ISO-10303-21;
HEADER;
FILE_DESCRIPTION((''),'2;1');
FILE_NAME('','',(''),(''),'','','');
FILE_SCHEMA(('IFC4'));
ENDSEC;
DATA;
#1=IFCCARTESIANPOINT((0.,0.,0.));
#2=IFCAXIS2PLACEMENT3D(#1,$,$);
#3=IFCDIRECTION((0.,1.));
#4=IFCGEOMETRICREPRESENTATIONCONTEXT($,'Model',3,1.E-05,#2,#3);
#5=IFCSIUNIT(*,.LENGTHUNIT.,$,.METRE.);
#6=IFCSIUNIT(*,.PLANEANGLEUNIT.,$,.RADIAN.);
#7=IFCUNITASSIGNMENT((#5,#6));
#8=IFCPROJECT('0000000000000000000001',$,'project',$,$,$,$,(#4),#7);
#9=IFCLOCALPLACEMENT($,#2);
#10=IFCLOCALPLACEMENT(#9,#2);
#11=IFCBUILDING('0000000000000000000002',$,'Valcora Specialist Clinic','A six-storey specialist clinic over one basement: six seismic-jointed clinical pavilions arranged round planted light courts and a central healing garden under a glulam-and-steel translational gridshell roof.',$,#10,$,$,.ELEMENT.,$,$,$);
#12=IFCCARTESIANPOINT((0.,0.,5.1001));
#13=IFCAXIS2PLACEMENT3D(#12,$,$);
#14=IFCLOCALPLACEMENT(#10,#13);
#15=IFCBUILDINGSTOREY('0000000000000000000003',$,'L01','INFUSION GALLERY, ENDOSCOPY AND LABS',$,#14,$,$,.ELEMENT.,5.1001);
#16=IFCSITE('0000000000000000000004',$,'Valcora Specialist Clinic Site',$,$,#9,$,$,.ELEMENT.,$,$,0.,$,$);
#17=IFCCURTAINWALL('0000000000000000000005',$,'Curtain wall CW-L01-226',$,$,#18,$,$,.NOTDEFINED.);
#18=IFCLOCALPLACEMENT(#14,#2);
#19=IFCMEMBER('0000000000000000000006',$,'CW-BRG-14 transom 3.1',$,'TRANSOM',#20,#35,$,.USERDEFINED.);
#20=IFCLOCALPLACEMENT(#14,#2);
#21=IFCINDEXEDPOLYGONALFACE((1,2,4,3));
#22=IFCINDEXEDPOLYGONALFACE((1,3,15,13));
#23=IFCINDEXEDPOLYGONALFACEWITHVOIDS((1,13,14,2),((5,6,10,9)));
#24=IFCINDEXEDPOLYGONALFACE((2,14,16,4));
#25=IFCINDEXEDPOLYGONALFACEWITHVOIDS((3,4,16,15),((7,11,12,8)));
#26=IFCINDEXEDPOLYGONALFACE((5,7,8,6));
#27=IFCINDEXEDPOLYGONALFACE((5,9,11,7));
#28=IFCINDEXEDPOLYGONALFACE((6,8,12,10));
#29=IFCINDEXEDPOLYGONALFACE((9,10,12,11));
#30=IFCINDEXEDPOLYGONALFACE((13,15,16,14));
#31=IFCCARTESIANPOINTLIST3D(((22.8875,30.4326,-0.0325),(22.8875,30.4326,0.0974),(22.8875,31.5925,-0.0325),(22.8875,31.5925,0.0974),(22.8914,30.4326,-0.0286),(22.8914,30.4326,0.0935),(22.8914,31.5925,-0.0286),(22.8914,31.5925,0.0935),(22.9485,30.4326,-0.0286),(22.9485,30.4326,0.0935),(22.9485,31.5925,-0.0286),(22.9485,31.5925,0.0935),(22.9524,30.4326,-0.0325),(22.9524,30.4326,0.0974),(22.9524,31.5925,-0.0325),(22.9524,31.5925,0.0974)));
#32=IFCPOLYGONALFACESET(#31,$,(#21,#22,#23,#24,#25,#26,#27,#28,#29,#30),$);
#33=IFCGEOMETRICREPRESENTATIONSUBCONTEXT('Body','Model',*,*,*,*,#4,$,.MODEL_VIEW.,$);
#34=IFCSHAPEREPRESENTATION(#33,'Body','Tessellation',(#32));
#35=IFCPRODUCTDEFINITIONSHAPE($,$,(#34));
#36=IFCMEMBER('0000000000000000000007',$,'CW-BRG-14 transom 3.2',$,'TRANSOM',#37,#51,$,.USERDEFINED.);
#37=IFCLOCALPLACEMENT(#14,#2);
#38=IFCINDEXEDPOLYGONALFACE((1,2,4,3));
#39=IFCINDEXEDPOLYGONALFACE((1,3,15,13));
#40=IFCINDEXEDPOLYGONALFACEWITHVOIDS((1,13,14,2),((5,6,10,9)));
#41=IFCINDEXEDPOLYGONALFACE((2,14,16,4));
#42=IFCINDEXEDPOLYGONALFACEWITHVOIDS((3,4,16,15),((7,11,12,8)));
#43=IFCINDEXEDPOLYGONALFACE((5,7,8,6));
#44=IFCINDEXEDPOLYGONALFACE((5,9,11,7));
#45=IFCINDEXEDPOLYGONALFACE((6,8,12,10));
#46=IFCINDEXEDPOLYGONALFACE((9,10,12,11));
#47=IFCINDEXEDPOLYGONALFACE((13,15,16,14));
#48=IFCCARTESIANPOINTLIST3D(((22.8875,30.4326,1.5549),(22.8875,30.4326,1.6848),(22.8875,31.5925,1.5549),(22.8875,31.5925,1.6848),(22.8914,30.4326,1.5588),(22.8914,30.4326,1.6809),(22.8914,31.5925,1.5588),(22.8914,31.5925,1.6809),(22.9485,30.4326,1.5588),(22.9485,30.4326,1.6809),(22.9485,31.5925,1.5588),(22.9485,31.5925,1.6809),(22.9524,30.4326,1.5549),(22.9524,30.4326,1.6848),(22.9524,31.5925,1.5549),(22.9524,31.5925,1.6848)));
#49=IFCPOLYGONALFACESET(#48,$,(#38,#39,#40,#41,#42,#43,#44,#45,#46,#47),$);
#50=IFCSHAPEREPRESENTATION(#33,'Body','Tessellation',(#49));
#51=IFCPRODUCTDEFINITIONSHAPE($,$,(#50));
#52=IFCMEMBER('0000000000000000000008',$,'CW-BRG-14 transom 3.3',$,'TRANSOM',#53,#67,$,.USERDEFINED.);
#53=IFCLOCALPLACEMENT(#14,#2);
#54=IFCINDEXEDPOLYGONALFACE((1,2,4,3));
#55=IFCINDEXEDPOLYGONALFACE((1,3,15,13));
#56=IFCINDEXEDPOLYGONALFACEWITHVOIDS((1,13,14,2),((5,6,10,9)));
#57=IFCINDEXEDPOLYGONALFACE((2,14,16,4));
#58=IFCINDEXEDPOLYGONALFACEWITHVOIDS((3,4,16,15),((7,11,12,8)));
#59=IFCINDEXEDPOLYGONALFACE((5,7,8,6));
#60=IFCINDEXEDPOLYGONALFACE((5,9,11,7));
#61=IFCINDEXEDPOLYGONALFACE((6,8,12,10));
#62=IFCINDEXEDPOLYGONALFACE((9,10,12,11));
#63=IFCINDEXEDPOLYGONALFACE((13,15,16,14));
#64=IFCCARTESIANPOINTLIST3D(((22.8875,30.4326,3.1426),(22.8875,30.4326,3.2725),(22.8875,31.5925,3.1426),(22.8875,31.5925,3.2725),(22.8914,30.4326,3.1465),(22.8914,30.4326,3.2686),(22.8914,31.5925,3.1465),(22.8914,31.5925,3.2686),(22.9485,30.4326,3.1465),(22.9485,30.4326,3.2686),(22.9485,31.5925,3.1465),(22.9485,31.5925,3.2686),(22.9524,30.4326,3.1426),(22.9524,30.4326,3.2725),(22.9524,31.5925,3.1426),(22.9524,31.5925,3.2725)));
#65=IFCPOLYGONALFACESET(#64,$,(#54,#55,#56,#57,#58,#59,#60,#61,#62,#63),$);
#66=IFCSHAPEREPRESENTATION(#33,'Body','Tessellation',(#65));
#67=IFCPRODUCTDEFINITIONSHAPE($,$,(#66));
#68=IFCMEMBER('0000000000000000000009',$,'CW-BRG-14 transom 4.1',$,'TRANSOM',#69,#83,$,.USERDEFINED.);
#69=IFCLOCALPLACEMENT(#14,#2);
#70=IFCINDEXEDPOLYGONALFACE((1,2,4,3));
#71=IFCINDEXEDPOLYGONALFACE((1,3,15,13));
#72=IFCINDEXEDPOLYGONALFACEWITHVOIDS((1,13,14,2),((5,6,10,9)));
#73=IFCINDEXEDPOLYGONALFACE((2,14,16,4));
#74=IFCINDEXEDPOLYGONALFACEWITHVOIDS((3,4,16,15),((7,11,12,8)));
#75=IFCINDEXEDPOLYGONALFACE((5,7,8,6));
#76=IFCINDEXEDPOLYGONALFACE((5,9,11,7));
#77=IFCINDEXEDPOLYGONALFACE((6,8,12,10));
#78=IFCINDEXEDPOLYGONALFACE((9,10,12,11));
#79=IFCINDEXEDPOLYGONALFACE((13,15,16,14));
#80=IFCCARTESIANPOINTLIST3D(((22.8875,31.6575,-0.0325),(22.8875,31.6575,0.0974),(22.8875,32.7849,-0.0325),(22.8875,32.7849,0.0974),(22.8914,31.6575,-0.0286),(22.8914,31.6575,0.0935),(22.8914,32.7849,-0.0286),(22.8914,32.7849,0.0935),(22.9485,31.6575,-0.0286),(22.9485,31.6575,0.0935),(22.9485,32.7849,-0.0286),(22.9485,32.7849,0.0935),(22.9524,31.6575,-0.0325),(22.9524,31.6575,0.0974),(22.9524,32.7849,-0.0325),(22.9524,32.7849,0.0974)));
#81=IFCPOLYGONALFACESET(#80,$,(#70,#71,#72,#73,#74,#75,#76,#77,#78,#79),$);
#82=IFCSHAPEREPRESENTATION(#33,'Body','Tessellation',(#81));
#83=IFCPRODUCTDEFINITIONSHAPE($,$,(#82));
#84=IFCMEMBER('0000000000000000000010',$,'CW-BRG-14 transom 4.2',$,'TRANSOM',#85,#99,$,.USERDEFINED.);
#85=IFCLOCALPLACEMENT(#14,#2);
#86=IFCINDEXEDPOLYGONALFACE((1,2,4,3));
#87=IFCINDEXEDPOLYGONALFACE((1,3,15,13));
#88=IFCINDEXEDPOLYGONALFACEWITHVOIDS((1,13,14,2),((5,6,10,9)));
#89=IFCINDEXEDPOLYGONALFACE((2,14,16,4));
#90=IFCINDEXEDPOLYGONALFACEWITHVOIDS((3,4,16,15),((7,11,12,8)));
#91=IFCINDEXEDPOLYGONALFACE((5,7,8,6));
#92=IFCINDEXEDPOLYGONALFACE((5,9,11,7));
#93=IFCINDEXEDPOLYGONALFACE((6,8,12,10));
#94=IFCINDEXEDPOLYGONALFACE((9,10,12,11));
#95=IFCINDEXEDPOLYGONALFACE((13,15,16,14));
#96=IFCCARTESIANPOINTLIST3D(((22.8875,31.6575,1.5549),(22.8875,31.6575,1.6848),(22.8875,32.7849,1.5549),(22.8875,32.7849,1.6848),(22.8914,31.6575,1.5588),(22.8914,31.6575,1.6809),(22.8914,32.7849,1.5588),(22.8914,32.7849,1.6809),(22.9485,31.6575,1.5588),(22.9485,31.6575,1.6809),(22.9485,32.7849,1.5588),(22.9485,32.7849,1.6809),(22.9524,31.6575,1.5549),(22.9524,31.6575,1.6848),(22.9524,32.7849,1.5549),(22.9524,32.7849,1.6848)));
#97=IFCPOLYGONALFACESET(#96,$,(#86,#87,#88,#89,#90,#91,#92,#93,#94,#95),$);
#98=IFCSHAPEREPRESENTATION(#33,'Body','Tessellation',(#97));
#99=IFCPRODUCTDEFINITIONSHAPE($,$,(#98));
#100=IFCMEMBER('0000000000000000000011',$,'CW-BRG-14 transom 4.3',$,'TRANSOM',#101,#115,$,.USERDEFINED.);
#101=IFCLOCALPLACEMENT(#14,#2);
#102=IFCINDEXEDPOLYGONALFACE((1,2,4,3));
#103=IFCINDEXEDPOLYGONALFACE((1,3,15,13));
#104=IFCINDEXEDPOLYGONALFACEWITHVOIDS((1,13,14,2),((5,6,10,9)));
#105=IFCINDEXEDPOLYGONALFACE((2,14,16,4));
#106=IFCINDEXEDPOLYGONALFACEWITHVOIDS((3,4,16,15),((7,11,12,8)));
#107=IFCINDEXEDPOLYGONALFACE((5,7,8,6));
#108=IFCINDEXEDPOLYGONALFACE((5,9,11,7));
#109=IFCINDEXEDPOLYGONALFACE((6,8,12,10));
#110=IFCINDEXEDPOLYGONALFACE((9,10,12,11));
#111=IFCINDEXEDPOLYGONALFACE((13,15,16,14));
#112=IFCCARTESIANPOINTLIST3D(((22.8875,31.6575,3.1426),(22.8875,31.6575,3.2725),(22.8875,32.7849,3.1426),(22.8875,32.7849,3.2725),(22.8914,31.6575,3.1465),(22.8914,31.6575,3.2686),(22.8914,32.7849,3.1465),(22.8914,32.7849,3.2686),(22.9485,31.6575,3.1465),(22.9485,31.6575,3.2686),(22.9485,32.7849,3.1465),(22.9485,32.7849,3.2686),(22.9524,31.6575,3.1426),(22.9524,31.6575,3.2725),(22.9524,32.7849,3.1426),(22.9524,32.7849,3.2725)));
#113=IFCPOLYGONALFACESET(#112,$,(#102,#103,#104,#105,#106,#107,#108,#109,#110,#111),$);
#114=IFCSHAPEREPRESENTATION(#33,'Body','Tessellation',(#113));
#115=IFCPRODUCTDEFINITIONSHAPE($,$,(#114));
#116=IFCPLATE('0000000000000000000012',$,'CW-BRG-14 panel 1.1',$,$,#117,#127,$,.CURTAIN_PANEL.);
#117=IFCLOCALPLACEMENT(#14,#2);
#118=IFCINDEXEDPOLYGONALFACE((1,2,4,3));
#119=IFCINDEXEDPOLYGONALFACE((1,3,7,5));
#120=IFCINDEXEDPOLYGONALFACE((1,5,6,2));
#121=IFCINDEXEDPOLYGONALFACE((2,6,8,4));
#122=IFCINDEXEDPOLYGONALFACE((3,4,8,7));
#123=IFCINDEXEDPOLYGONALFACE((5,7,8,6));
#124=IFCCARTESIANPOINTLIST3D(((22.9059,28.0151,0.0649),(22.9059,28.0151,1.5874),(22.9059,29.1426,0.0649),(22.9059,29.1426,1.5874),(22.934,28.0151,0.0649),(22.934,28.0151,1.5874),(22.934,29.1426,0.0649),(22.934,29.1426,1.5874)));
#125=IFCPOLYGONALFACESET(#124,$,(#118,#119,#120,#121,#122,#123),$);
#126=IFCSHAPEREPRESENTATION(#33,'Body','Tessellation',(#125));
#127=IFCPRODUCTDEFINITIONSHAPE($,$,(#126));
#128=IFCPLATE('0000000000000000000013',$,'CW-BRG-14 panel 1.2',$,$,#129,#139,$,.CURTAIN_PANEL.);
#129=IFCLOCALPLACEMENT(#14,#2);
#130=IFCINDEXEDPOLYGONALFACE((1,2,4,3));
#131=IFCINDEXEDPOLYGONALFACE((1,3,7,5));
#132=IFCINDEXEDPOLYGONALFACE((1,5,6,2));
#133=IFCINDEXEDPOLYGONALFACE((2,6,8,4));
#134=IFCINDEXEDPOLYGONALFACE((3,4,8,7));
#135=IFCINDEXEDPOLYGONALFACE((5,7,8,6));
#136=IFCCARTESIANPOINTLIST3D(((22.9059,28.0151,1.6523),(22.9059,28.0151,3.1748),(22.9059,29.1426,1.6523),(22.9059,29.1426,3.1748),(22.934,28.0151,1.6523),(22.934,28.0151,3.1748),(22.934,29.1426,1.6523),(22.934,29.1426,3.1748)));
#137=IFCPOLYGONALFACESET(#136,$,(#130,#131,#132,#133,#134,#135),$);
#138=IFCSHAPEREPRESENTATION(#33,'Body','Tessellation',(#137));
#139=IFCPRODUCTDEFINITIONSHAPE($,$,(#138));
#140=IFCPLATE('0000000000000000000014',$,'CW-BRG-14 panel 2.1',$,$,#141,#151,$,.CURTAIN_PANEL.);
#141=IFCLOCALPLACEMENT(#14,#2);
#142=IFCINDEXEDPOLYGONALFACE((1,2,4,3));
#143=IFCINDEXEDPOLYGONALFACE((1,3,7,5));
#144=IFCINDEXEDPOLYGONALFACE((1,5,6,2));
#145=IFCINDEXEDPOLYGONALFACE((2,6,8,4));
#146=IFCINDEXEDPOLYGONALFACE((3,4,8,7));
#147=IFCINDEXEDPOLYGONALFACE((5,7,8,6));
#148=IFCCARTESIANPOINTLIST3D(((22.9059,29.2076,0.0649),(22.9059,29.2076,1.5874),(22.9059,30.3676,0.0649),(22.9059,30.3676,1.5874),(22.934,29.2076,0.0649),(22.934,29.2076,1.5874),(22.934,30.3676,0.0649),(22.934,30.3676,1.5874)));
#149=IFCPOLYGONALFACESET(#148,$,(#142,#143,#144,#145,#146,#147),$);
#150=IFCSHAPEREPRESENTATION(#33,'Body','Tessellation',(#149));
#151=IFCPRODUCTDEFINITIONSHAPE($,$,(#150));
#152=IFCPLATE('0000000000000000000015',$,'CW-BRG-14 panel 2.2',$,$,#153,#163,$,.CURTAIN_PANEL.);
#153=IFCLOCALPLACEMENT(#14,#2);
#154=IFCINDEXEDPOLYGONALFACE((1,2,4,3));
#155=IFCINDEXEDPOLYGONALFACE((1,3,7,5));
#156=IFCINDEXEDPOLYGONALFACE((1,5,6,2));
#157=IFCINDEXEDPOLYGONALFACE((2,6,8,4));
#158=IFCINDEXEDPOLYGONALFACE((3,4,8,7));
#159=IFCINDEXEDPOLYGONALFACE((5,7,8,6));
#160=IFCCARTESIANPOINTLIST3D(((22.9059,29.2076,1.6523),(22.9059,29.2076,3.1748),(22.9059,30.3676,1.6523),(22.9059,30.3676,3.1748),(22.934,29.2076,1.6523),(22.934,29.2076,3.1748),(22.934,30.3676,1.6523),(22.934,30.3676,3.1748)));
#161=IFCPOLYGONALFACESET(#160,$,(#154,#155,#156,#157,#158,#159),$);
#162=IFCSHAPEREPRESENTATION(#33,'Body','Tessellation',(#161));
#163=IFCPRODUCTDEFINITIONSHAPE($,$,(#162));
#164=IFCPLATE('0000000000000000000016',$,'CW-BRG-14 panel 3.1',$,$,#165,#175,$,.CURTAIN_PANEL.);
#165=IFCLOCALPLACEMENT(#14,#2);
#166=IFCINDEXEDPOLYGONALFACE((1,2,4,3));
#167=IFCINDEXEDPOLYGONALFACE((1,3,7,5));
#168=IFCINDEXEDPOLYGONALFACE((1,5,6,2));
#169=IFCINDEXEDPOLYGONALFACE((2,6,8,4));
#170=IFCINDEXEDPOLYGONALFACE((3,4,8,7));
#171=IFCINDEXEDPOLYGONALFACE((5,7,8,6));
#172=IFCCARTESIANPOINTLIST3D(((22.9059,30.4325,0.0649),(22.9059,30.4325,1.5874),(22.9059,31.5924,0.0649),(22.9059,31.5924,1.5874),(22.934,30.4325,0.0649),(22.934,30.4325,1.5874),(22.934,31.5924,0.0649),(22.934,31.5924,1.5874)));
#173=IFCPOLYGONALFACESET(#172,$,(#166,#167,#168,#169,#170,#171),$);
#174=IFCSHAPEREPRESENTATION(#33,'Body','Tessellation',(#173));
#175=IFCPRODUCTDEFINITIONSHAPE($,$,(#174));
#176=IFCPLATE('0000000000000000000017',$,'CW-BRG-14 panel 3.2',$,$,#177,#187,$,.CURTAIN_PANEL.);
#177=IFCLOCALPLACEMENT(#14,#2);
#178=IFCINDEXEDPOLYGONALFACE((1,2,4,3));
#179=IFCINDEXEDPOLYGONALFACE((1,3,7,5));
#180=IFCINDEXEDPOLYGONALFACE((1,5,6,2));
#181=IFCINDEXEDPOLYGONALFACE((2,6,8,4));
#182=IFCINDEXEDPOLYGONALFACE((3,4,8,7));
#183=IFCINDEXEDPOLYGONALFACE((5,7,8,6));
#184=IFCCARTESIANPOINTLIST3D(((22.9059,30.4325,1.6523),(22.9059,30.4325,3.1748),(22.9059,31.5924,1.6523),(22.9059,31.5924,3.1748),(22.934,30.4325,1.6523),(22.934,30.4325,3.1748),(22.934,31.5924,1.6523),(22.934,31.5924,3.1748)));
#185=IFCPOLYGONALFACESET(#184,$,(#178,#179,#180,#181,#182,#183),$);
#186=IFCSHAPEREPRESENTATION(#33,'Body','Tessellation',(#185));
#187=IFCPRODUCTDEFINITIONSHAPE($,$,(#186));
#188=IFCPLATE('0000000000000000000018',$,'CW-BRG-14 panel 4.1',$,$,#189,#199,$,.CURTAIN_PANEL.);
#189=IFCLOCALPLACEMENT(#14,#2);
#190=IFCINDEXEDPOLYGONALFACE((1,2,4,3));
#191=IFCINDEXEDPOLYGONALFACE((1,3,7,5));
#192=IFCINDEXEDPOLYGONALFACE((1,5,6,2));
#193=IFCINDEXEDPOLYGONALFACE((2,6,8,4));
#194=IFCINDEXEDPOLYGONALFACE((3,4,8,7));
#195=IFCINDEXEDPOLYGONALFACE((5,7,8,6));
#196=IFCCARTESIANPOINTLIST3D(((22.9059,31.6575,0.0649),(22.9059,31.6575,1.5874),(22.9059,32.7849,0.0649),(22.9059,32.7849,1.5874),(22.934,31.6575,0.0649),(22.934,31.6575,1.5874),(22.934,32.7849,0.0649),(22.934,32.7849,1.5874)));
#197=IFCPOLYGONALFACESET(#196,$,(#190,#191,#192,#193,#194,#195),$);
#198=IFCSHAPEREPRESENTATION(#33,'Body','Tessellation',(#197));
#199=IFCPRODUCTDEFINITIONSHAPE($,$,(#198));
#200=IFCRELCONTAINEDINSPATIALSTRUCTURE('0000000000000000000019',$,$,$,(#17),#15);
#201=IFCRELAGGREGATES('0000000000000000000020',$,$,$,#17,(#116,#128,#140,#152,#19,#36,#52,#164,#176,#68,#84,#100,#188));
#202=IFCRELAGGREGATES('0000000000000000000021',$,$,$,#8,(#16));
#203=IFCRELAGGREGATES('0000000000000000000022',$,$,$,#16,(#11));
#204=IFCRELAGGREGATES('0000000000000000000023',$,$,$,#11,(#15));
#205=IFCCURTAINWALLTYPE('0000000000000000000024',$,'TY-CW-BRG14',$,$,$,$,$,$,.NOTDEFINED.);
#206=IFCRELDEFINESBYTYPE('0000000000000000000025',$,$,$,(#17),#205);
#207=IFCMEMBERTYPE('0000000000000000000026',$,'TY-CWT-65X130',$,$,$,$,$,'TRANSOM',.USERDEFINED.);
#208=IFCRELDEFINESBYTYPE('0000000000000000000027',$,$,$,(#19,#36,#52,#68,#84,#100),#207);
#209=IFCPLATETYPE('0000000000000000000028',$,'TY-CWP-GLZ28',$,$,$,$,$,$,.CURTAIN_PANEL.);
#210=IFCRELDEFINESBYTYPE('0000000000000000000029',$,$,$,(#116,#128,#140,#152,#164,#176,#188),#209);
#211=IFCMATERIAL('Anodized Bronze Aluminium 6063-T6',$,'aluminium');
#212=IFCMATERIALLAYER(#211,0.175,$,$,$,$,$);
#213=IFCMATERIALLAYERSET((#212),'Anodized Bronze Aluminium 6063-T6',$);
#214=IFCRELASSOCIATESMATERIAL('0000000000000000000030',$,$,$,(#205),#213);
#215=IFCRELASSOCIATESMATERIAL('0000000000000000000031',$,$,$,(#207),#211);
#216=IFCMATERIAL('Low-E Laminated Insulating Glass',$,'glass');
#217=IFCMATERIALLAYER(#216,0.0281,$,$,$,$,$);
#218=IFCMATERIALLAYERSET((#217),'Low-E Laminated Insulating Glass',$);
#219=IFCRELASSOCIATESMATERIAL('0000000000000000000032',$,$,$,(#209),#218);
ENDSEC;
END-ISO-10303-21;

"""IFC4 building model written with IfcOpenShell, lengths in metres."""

from ifc_helpers import new_model, si_unit, direction, frame, origin, origin_2d, place, context, subcontext, project, spatial, rectangle, hollow_rectangle, extrude, material, layer, layer_set, material_profile, profile_set, type_object, element, aggregate, save


model = new_model("IFC4")

# Units and contexts
model_context = context("Model", 3, precision=1e-05, world=origin(), true_north=direction((0.0, 1.0)))
body_context = subcontext(model_context, "Body", "Model", "MODEL_VIEW")
ifc_project = project(units=[si_unit("LENGTHUNIT", "METRE"), si_unit("PLANEANGLEUNIT", "RADIAN")], contexts=[model_context])

# Site, building, storey
site_placement = place(None, origin())
site = spatial("IfcSite", under=ifc_project, at=site_placement, Name="Valcora Specialist Clinic Site", CompositionType="ELEMENT", RefElevation=0.0)
building_placement = place(site_placement, origin())
building = spatial("IfcBuilding", under=site, at=building_placement, Name="Valcora Specialist Clinic", Description="A six-storey specialist clinic over one basement: six seismic-jointed clinical pavilions arranged round planted light courts and a central healing garden under a glulam-and-steel translational gridshell roof.", CompositionType="ELEMENT")
storey_placement = place(building_placement, frame((0.0, 0.0, 5.1001)))
storey = spatial("IfcBuildingStorey", under=building, at=storey_placement, Name="L01", Description="INFUSION GALLERY, ENDOSCOPY AND LABS", CompositionType="ELEMENT", Elevation=5.1001)

# Curtain wall, members, plates
ifc_material_1 = material(Name="Anodized Bronze Aluminium 6063-T6", Category="aluminium")
ifc_layer_1 = layer(ifc_material_1, 0.175)
ifc_layer_set_1 = layer_set([ifc_layer_1], Name="Anodized Bronze Aluminium 6063-T6")
curtain_wall_type = type_object("IfcCurtainWallType", Name="TY-CW-BRG14", PredefinedType="NOTDEFINED", material=ifc_layer_set_1)
curtain_wall_placement = place(storey_placement, origin())
curtain_wall = element("IfcCurtainWall", 1, at=curtain_wall_placement, inside=storey, type_object=curtain_wall_type, Name="Curtain wall CW-L01-226", PredefinedType="NOTDEFINED")
ifc_material_profile_1 = material_profile(ifc_material_1, hollow_rectangle(XDim=0.0649, YDim=0.1299, WallThickness=0.0039, at=origin_2d()), Name="AL-TRN-65X130")
ifc_profile_set_1 = profile_set([ifc_material_profile_1], Name="Anodized Bronze Aluminium 6063-T6")
member_type_1 = type_object("IfcMemberType", Name="TY-CWT-65X130", ElementType="TRANSOM", PredefinedType="USERDEFINED", material=ifc_profile_set_1)
member_1_placement = place(storey_placement, frame((22.9199, 30.4326, 0.0325), z_axis=(0.0, 1.0, 0.0), x_axis=(-1.0, 0.0, 0.0)))
member_1 = element("IfcMember", 2, at=member_1_placement, type_object=member_type_1, Name="CW-BRG-14 transom 3.1", ObjectType="TRANSOM", PredefinedType="USERDEFINED", context=body_context, shape_type="SweptSolid", body=[
    extrude(hollow_rectangle(XDim=0.0649, YDim=0.1299, WallThickness=0.0039, at=origin_2d()), origin(), (0.0, 0.0, 1.0), 1.1599),
])
member_2_placement = place(storey_placement, frame((22.9199, 30.4326, 1.6199), z_axis=(0.0, 1.0, 0.0), x_axis=(-1.0, 0.0, 0.0)))
member_2 = element("IfcMember", 3, at=member_2_placement, type_object=member_type_1, Name="CW-BRG-14 transom 3.2", ObjectType="TRANSOM", PredefinedType="USERDEFINED", context=body_context, shape_type="SweptSolid", body=[
    extrude(hollow_rectangle(XDim=0.0649, YDim=0.1299, WallThickness=0.0039, at=origin_2d()), origin(), (0.0, 0.0, 1.0), 1.1599),
])
member_3_placement = place(storey_placement, frame((22.9199, 30.4326, 3.2075), z_axis=(0.0, 1.0, 0.0), x_axis=(-1.0, 0.0, 0.0)))
member_3 = element("IfcMember", 4, at=member_3_placement, type_object=member_type_1, Name="CW-BRG-14 transom 3.3", ObjectType="TRANSOM", PredefinedType="USERDEFINED", context=body_context, shape_type="SweptSolid", body=[
    extrude(hollow_rectangle(XDim=0.0649, YDim=0.1299, WallThickness=0.0039, at=origin_2d()), origin(), (0.0, 0.0, 1.0), 1.1599),
])
member_4_placement = place(storey_placement, frame((22.9199, 31.6575, 0.0325), z_axis=(0.0, 1.0, 0.0), x_axis=(-1.0, 0.0, 0.0)))
member_4 = element("IfcMember", 5, at=member_4_placement, type_object=member_type_1, Name="CW-BRG-14 transom 4.1", ObjectType="TRANSOM", PredefinedType="USERDEFINED", context=body_context, shape_type="SweptSolid", body=[
    extrude(hollow_rectangle(XDim=0.0649, YDim=0.1299, WallThickness=0.0039, at=origin_2d()), origin(), (0.0, 0.0, 1.0), 1.1274),
])
member_5_placement = place(storey_placement, frame((22.9199, 31.6575, 1.6199), z_axis=(0.0, 1.0, 0.0), x_axis=(-1.0, 0.0, 0.0)))
member_5 = element("IfcMember", 6, at=member_5_placement, type_object=member_type_1, Name="CW-BRG-14 transom 4.2", ObjectType="TRANSOM", PredefinedType="USERDEFINED", context=body_context, shape_type="SweptSolid", body=[
    extrude(hollow_rectangle(XDim=0.0649, YDim=0.1299, WallThickness=0.0039, at=origin_2d()), origin(), (0.0, 0.0, 1.0), 1.1274),
])
member_6_placement = place(storey_placement, frame((22.9199, 31.6575, 3.2075), z_axis=(0.0, 1.0, 0.0), x_axis=(-1.0, 0.0, 0.0)))
member_6 = element("IfcMember", 7, at=member_6_placement, type_object=member_type_1, Name="CW-BRG-14 transom 4.3", ObjectType="TRANSOM", PredefinedType="USERDEFINED", context=body_context, shape_type="SweptSolid", body=[
    extrude(hollow_rectangle(XDim=0.0649, YDim=0.1299, WallThickness=0.0039, at=origin_2d()), origin(), (0.0, 0.0, 1.0), 1.1274),
])
ifc_material_2 = material(Name="Low-E Laminated Insulating Glass", Category="glass")
ifc_layer_2 = layer(ifc_material_2, 0.0281)
ifc_layer_set_2 = layer_set([ifc_layer_2], Name="Low-E Laminated Insulating Glass")
plate_type = type_object("IfcPlateType", Name="TY-CWP-GLZ28", PredefinedType="CURTAIN_PANEL", material=ifc_layer_set_2)
plate_1_placement = place(storey_placement, frame((22.9199, 28.5789, 0.0649), z_axis=(0.0, 0.0, 1.0), x_axis=(0.0, 1.0, 0.0)))
plate_1 = element("IfcPlate", 8, at=plate_1_placement, type_object=plate_type, Name="CW-BRG-14 panel 1.1", PredefinedType="CURTAIN_PANEL", context=body_context, shape_type="SweptSolid", body=[
    extrude(rectangle(XDim=1.1274, YDim=0.0281, at=origin_2d()), origin(), (0.0, 0.0, 1.0), 1.5225),
])
plate_2_placement = place(storey_placement, frame((22.9199, 28.5789, 1.6523), z_axis=(0.0, 0.0, 1.0), x_axis=(0.0, 1.0, 0.0)))
plate_2 = element("IfcPlate", 9, at=plate_2_placement, type_object=plate_type, Name="CW-BRG-14 panel 1.2", PredefinedType="CURTAIN_PANEL", context=body_context, shape_type="SweptSolid", body=[
    extrude(rectangle(XDim=1.1274, YDim=0.0281, at=origin_2d()), origin(), (0.0, 0.0, 1.0), 1.5225),
])
plate_3_placement = place(storey_placement, frame((22.9199, 29.7876, 0.0649), z_axis=(0.0, 0.0, 1.0), x_axis=(0.0, 1.0, 0.0)))
plate_3 = element("IfcPlate", 10, at=plate_3_placement, type_object=plate_type, Name="CW-BRG-14 panel 2.1", PredefinedType="CURTAIN_PANEL", context=body_context, shape_type="SweptSolid", body=[
    extrude(rectangle(XDim=1.1599, YDim=0.0281, at=origin_2d()), origin(), (0.0, 0.0, 1.0), 1.5225),
])
plate_4_placement = place(storey_placement, frame((22.9199, 29.7876, 1.6523), z_axis=(0.0, 0.0, 1.0), x_axis=(0.0, 1.0, 0.0)))
plate_4 = element("IfcPlate", 11, at=plate_4_placement, type_object=plate_type, Name="CW-BRG-14 panel 2.2", PredefinedType="CURTAIN_PANEL", context=body_context, shape_type="SweptSolid", body=[
    extrude(rectangle(XDim=1.1599, YDim=0.0281, at=origin_2d()), origin(), (0.0, 0.0, 1.0), 1.5225),
])
plate_5_placement = place(storey_placement, frame((22.9199, 31.0125, 0.0649), z_axis=(0.0, 0.0, 1.0), x_axis=(0.0, 1.0, 0.0)))
plate_5 = element("IfcPlate", 12, at=plate_5_placement, type_object=plate_type, Name="CW-BRG-14 panel 3.1", PredefinedType="CURTAIN_PANEL", context=body_context, shape_type="SweptSolid", body=[
    extrude(rectangle(XDim=1.1599, YDim=0.0281, at=origin_2d()), origin(), (0.0, 0.0, 1.0), 1.5225),
])
plate_6_placement = place(storey_placement, frame((22.9199, 31.0125, 1.6523), z_axis=(0.0, 0.0, 1.0), x_axis=(0.0, 1.0, 0.0)))
plate_6 = element("IfcPlate", 13, at=plate_6_placement, type_object=plate_type, Name="CW-BRG-14 panel 3.2", PredefinedType="CURTAIN_PANEL", context=body_context, shape_type="SweptSolid", body=[
    extrude(rectangle(XDim=1.1599, YDim=0.0281, at=origin_2d()), origin(), (0.0, 0.0, 1.0), 1.5225),
])
plate_7_placement = place(storey_placement, frame((22.9199, 32.2212, 0.0649), z_axis=(0.0, 0.0, 1.0), x_axis=(0.0, 1.0, 0.0)))
plate_7 = element("IfcPlate", 14, at=plate_7_placement, type_object=plate_type, Name="CW-BRG-14 panel 4.1", PredefinedType="CURTAIN_PANEL", context=body_context, shape_type="SweptSolid", body=[
    extrude(rectangle(XDim=1.1274, YDim=0.0281, at=origin_2d()), origin(), (0.0, 0.0, 1.0), 1.5225),
])
aggregate(curtain_wall, [plate_1, plate_2, plate_3, plate_4, member_1, member_2, member_3, plate_5, plate_6, member_4, member_5, member_6, plate_7])

save(model, "model.ifc")
